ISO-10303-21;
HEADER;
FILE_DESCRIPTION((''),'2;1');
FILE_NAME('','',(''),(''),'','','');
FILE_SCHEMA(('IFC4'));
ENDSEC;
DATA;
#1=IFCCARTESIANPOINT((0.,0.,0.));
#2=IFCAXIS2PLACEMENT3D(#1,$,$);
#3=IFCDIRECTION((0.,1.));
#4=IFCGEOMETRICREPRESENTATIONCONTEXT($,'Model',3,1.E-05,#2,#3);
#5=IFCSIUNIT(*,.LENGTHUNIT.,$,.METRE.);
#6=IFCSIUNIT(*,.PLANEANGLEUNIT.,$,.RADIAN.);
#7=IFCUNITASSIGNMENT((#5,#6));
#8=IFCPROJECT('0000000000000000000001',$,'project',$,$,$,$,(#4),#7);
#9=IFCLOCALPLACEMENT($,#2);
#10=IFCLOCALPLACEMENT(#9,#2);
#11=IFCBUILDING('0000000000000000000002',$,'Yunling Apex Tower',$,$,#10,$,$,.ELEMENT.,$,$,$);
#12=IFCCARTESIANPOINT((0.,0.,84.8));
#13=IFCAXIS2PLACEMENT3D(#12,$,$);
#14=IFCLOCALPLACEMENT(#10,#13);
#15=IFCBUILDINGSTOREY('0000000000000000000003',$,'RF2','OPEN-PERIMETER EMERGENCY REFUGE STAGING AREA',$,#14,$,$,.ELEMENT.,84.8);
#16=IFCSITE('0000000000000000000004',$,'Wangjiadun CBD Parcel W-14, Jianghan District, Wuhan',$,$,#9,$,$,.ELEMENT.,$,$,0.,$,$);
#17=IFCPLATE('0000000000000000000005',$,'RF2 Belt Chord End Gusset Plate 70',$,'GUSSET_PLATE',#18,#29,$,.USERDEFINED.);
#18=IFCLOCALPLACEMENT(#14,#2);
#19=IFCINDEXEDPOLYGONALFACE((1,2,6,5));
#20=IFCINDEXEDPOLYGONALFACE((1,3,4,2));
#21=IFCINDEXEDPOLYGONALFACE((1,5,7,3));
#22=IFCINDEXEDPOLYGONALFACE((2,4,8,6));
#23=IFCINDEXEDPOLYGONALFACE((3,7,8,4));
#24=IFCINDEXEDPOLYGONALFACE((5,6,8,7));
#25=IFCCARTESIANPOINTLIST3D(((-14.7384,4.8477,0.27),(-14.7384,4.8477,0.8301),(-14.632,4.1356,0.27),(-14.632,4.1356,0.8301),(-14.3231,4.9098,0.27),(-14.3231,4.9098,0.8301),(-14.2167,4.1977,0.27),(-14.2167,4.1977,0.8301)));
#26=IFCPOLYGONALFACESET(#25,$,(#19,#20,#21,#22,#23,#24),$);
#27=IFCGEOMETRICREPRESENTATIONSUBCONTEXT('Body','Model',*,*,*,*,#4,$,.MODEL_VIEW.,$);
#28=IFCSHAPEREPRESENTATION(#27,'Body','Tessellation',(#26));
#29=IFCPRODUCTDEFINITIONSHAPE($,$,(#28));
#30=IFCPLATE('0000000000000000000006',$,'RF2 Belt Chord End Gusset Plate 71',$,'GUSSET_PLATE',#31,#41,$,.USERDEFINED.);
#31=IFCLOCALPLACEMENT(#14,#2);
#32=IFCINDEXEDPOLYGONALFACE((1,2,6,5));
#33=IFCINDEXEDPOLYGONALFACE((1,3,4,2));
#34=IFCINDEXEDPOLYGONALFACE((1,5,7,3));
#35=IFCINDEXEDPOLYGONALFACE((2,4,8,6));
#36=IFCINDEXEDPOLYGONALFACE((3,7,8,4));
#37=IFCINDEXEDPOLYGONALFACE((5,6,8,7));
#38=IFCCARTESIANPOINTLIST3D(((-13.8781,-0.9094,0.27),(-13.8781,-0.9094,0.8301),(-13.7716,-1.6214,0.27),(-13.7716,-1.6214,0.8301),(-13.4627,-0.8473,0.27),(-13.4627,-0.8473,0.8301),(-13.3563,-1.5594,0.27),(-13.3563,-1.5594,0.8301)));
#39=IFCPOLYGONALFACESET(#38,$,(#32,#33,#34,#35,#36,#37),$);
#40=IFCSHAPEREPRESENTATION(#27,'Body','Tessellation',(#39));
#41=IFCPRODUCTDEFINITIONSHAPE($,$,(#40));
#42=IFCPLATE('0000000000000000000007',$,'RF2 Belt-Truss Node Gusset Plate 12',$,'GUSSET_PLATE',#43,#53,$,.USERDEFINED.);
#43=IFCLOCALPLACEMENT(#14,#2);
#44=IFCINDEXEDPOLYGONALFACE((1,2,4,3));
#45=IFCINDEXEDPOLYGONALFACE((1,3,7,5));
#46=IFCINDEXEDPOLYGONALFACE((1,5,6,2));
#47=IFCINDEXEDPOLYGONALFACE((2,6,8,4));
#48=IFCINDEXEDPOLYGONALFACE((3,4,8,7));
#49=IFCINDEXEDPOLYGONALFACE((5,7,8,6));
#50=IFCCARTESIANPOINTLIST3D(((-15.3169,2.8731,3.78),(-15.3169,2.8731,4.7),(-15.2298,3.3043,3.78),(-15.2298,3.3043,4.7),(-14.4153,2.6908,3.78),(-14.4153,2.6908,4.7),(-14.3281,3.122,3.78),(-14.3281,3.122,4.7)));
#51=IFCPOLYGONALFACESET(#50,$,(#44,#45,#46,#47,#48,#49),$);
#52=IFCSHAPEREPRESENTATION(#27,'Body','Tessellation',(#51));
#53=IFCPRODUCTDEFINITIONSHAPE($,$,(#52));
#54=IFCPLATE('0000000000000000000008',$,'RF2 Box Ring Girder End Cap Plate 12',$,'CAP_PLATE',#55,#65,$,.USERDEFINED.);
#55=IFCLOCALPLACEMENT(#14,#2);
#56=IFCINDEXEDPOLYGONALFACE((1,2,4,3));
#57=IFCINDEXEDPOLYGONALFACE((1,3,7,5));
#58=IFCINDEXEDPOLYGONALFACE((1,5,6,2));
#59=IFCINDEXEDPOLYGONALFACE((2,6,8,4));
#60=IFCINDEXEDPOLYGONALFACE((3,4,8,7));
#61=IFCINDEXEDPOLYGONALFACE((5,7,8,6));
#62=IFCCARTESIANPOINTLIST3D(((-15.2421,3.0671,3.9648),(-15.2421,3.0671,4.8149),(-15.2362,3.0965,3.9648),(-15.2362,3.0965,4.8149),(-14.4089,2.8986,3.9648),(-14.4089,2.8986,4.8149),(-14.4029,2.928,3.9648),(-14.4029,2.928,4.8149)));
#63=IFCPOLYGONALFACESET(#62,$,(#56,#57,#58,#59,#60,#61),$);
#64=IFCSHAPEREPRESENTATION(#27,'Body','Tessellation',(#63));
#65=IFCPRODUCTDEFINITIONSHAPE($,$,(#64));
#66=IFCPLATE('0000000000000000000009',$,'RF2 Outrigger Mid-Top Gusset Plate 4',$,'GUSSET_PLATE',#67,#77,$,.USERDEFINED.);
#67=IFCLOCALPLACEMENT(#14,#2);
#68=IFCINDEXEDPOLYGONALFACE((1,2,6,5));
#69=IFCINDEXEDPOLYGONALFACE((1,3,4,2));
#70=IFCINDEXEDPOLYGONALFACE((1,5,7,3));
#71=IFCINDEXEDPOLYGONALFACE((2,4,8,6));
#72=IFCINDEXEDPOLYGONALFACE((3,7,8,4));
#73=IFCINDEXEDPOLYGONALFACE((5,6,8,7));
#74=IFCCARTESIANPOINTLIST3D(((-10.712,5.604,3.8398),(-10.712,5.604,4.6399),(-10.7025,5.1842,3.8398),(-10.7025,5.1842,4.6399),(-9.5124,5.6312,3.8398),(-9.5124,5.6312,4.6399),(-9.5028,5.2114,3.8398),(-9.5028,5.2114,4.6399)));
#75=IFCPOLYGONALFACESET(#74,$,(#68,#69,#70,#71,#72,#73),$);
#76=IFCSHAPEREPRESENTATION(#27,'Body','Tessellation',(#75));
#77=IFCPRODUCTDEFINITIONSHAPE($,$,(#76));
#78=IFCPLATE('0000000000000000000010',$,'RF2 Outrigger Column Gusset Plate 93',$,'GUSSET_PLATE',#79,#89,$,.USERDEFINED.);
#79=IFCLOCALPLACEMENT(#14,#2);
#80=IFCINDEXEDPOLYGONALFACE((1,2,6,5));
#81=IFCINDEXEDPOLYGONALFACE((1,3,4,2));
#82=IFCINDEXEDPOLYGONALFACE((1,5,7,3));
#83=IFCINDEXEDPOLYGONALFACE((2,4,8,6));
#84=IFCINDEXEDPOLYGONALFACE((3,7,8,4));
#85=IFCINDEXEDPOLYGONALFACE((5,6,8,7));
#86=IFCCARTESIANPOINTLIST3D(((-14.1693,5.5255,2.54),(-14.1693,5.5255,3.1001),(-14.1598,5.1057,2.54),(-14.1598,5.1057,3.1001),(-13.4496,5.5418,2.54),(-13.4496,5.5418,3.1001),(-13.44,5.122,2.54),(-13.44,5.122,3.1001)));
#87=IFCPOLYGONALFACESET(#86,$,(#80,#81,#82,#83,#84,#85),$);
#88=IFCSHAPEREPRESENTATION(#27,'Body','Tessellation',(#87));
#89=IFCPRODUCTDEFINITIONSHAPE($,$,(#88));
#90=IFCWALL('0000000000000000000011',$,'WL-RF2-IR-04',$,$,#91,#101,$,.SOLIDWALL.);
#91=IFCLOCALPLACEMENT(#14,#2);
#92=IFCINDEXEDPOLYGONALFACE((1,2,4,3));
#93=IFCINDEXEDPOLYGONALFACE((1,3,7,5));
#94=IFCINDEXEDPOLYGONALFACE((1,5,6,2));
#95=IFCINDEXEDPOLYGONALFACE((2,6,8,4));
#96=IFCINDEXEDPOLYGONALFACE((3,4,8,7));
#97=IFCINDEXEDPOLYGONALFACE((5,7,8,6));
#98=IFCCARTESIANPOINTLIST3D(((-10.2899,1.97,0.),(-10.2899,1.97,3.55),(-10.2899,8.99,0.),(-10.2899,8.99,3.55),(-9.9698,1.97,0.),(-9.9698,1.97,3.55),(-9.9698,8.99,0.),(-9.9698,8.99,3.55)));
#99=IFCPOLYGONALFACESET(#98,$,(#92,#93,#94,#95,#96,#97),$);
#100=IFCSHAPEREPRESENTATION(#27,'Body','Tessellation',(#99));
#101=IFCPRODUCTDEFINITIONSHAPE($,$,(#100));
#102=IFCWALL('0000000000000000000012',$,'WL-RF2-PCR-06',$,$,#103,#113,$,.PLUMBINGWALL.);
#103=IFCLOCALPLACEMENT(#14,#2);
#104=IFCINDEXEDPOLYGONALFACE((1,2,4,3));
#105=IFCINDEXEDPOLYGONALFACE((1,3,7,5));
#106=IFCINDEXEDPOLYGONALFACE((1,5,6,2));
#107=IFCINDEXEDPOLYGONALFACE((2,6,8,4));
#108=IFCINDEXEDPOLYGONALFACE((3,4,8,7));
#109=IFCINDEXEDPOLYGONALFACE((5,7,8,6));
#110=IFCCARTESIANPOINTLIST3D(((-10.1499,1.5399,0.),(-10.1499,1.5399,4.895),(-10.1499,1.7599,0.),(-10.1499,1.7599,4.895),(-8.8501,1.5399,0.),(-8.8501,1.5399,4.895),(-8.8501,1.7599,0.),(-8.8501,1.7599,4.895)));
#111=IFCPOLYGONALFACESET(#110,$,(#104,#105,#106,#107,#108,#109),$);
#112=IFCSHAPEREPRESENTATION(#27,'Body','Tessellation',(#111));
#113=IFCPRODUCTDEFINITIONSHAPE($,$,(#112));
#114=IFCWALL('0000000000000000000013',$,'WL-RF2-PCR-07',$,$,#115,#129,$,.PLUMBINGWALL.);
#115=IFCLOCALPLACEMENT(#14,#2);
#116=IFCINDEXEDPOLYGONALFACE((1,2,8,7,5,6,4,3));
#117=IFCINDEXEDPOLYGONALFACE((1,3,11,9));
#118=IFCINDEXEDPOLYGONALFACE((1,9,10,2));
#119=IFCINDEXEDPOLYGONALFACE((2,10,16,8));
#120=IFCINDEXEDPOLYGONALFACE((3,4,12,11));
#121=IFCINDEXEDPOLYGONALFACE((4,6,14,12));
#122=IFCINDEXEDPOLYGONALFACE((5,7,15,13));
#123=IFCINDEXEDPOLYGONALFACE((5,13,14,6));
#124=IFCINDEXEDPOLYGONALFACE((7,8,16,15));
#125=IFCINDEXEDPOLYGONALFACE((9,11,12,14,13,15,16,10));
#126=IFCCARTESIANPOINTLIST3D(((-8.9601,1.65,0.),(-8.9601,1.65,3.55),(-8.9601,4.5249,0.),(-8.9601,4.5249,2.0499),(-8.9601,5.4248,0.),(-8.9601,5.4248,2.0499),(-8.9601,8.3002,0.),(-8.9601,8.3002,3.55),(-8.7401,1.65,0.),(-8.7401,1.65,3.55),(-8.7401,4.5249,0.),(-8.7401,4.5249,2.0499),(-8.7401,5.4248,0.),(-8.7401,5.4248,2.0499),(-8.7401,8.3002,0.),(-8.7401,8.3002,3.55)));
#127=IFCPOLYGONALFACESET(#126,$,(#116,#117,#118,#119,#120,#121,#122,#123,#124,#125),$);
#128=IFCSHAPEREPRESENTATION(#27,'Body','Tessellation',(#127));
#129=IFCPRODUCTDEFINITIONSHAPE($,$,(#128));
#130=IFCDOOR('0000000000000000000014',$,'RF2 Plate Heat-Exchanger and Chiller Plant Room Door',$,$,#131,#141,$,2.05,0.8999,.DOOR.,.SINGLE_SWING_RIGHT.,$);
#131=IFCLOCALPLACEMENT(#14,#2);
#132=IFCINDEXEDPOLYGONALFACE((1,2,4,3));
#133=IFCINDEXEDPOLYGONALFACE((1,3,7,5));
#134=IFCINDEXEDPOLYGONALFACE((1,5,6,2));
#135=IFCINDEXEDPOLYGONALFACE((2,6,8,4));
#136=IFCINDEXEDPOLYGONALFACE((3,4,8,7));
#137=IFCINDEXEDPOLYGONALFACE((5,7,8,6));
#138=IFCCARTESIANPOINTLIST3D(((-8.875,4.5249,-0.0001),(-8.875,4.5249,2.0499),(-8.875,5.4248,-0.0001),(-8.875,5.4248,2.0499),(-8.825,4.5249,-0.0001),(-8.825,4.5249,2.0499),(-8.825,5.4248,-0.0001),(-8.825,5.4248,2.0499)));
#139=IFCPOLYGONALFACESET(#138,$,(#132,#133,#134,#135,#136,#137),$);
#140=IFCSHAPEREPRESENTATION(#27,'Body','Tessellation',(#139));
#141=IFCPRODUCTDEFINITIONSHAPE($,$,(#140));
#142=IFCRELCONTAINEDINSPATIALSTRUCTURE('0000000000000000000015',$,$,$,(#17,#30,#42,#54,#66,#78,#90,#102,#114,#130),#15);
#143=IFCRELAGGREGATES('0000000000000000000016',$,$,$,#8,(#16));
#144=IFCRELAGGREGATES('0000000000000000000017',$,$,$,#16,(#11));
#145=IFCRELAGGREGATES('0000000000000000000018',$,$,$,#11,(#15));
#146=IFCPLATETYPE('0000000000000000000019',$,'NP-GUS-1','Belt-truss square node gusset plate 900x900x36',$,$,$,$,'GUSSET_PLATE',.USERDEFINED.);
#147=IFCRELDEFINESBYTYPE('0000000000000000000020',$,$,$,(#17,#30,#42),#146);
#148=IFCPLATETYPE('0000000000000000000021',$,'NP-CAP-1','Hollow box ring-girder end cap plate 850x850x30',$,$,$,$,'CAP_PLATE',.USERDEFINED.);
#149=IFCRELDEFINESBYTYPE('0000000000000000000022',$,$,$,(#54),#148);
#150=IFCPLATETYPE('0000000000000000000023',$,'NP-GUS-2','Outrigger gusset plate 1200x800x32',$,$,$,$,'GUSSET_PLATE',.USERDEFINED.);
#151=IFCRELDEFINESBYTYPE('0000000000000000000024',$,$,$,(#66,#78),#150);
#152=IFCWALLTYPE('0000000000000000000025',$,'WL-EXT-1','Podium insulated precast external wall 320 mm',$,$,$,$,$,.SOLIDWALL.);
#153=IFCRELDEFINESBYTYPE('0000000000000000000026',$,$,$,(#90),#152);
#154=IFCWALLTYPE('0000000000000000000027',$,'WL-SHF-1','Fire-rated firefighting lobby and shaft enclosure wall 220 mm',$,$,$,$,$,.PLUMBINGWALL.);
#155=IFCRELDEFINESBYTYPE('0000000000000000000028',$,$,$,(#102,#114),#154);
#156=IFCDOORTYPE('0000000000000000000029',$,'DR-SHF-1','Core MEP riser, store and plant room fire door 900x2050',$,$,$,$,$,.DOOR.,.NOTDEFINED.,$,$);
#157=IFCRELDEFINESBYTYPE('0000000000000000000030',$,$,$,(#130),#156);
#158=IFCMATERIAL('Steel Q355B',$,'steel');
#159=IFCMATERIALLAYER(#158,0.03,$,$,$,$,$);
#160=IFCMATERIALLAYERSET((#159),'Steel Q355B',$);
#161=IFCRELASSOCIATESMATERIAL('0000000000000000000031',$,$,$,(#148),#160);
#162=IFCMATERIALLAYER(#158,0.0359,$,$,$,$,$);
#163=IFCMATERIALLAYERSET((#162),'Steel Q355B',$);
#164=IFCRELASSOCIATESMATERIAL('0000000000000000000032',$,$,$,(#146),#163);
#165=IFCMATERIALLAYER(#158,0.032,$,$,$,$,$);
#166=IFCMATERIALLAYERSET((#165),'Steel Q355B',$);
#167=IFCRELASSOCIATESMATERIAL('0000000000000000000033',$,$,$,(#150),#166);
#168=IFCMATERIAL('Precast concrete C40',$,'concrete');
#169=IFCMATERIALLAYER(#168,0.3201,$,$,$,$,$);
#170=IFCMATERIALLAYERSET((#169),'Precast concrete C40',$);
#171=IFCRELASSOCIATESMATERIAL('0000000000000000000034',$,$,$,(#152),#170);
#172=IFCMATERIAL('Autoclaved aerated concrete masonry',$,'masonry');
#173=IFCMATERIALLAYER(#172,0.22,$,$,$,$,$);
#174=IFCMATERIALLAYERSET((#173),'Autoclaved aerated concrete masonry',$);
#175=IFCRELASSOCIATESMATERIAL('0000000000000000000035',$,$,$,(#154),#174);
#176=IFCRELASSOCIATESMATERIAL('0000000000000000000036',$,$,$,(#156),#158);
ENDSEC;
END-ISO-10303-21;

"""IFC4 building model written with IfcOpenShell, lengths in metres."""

from ifc_helpers import new_model, si_unit, direction, frame, frame_2d, origin, origin_2d, place, context, subcontext, project, spatial, rectangle, extrude, source, transform, mapped, material, layer, layer_set, type_object, element, fill, save


model = new_model("IFC4")

# Units and contexts
model_context = context("Model", 3, precision=1e-05, world=origin(), true_north=direction((0.0, 1.0)))
body_context = subcontext(model_context, "Body", "Model", "MODEL_VIEW")
ifc_project = project(units=[si_unit("LENGTHUNIT", "METRE"), si_unit("PLANEANGLEUNIT", "RADIAN")], contexts=[model_context])

# Site, building, storey
site_placement = place(None, origin())
site = spatial("IfcSite", under=ifc_project, at=site_placement, Name="Wangjiadun CBD Parcel W-14, Jianghan District, Wuhan", CompositionType="ELEMENT", RefElevation=0.0)
building_placement = place(site_placement, origin())
building = spatial("IfcBuilding", under=site, at=building_placement, Name="Yunling Apex Tower", CompositionType="ELEMENT")
storey_placement = place(building_placement, frame((0.0, 0.0, 84.8)))
storey = spatial("IfcBuildingStorey", under=building, at=storey_placement, Name="RF2", Description="OPEN-PERIMETER EMERGENCY REFUGE STAGING AREA", CompositionType="ELEMENT", Elevation=84.8)

# Shared definitions
ifc_material_1 = material(Name="Steel Q355B", Category="steel")

# Plates
ifc_layer_1 = layer(ifc_material_1, 0.03)
ifc_layer_set_1 = layer_set([ifc_layer_1], Name="Steel Q355B")
plate_type_1 = type_object("IfcPlateType", Name="NP-CAP-1", Description="Hollow box ring-girder end cap plate 850x850x30", ElementType="CAP_PLATE", PredefinedType="USERDEFINED", material=ifc_layer_set_1)
ifc_layer_2 = layer(ifc_material_1, 0.0359)
ifc_layer_set_2 = layer_set([ifc_layer_2], Name="Steel Q355B")
plate_type_2 = type_object("IfcPlateType", Name="NP-GUS-1", Description="Belt-truss square node gusset plate 900x900x36", ElementType="GUSSET_PLATE", PredefinedType="USERDEFINED", material=ifc_layer_set_2)
shared_shape_1 = source(origin(), body_context, "Body", "SweptSolid", [
    extrude(rectangle(XDim=0.72, YDim=0.4199, at=origin_2d()), origin(), (0.0, 0.0, 1.0), 0.5601),
])
for number, where, z_axis, x_axis, name in (
    (1, (-14.4775, 4.5227, 0.27), (0.0, 0.0, 1.0), (0.147809, -0.989016, 0.0), "RF2 Belt Chord End Gusset Plate 70"),
    (2, (-13.6172, -1.2344, 0.27), (0.0, 0.0, 1.0), (0.147809, -0.989016, 0.0), "RF2 Belt Chord End Gusset Plate 71"),
):
    element("IfcPlate", number, at=place(storey_placement, frame(where, z_axis=z_axis, x_axis=x_axis)), inside=storey, type_object=plate_type_2, Name=name, ObjectType="GUSSET_PLATE", PredefinedType="USERDEFINED", context=body_context, shape_type="MappedRepresentation", body=[
        mapped(shared_shape_1, transform((0.0, 0.0, 0.0), scale=1.0)),
    ])
shared_shape_2 = source(origin(), body_context, "Body", "SweptSolid", [
    extrude(rectangle(XDim=0.9199, YDim=0.4399, at=origin_2d()), origin(), (0.0, 0.0, 1.0), 0.9199),
])
plate_1_placement = place(storey_placement, frame((-14.8225, 2.9976, 3.78), z_axis=(0.0, 0.0, 1.0), x_axis=(-0.980168, 0.198171, 0.0)))
element("IfcPlate", 3, at=plate_1_placement, inside=storey, type_object=plate_type_2, Name="RF2 Belt-Truss Node Gusset Plate 12", ObjectType="GUSSET_PLATE", PredefinedType="USERDEFINED", context=body_context, shape_type="MappedRepresentation", body=[
    mapped(shared_shape_2, transform((0.0, 0.0, 0.0), scale=1.0)),
])
shared_shape_3 = source(origin(), body_context, "Body", "SweptSolid", [
    extrude(rectangle(XDim=0.8501, YDim=0.03, at=origin_2d()), origin(), (0.0, 0.0, 1.0), 0.8501),
])
plate_2_placement = place(storey_placement, frame((-14.8225, 2.9976, 3.9648), z_axis=(0.0, 0.0, 1.0), x_axis=(-0.980168, 0.198171, 0.0)))
element("IfcPlate", 4, at=plate_2_placement, inside=storey, type_object=plate_type_1, Name="RF2 Box Ring Girder End Cap Plate 12", ObjectType="CAP_PLATE", PredefinedType="USERDEFINED", context=body_context, shape_type="MappedRepresentation", body=[
    mapped(shared_shape_3, transform((0.0, 0.0, 0.0), scale=1.0)),
])
ifc_layer_3 = layer(ifc_material_1, 0.032)
ifc_layer_set_3 = layer_set([ifc_layer_3], Name="Steel Q355B")
plate_type_3 = type_object("IfcPlateType", Name="NP-GUS-2", Description="Outrigger gusset plate 1200x800x32", ElementType="GUSSET_PLATE", PredefinedType="USERDEFINED", material=ifc_layer_set_3)
shared_shape_4 = source(origin(), body_context, "Body", "SweptSolid", [
    extrude(rectangle(XDim=1.2, YDim=0.4199, at=origin_2d()), origin(), (0.0, 0.0, 1.0), 0.8),
])
plate_3_placement = place(storey_placement, frame((-10.1074, 5.4077, 3.8398), z_axis=(0.0, 0.0, 1.0), x_axis=(-0.999743, -0.022687, 0.0)))
element("IfcPlate", 5, at=plate_3_placement, inside=storey, type_object=plate_type_3, Name="RF2 Outrigger Mid-Top Gusset Plate 4", ObjectType="GUSSET_PLATE", PredefinedType="USERDEFINED", context=body_context, shape_type="MappedRepresentation", body=[
    mapped(shared_shape_4, transform((0.0, 0.0, 0.0), scale=1.0)),
])
shared_shape_5 = source(origin(), body_context, "Body", "SweptSolid", [
    extrude(rectangle(XDim=0.72, YDim=0.4199, at=origin_2d()), origin(), (0.0, 0.0, 1.0), 0.5601),
])
plate_4_placement = place(storey_placement, frame((-13.8047, 5.3237, 2.54), z_axis=(0.0, 0.0, 1.0), x_axis=(-0.999743, -0.022687, 0.0)))
element("IfcPlate", 6, at=plate_4_placement, inside=storey, type_object=plate_type_3, Name="RF2 Outrigger Column Gusset Plate 93", ObjectType="GUSSET_PLATE", PredefinedType="USERDEFINED", context=body_context, shape_type="MappedRepresentation", body=[
    mapped(shared_shape_5, transform((0.0, 0.0, 0.0), scale=1.0)),
])

# Walls
ifc_material_2 = material(Name="Precast concrete C40", Category="concrete")
ifc_layer_4 = layer(ifc_material_2, 0.3201)
ifc_layer_set_4 = layer_set([ifc_layer_4], Name="Precast concrete C40")
wall_type_1 = type_object("IfcWallType", Name="WL-EXT-1", Description="Podium insulated precast external wall 320 mm", PredefinedType="SOLIDWALL", material=ifc_layer_set_4)
wall_1_placement = place(storey_placement, frame((-10.1299, 1.97, 0.0), z_axis=(0.0, 0.0, 1.0), x_axis=(0.0, 1.0, 0.0)))
element("IfcWall", 7, at=wall_1_placement, inside=storey, type_object=wall_type_1, Name="WL-RF2-IR-04", PredefinedType="SOLIDWALL", context=body_context, shape_type="SweptSolid", body=[
    extrude(rectangle(XDim=7.02, YDim=0.3201, at=frame_2d((3.51, 0.0))), origin(), (0.0, 0.0, 1.0), 3.55),
])
ifc_material_3 = material(Name="Autoclaved aerated concrete masonry", Category="masonry")
ifc_layer_5 = layer(ifc_material_3, 0.22)
ifc_layer_set_5 = layer_set([ifc_layer_5], Name="Autoclaved aerated concrete masonry")
wall_type_2 = type_object("IfcWallType", Name="WL-SHF-1", Description="Fire-rated firefighting lobby and shaft enclosure wall 220 mm", PredefinedType="PLUMBINGWALL", material=ifc_layer_set_5)
wall_2_placement = place(storey_placement, frame((-10.1499, 1.6499, 0.0), z_axis=(0.0, 0.0, 1.0), x_axis=(1.0, 0.0, 0.0)))
element("IfcWall", 8, at=wall_2_placement, inside=storey, type_object=wall_type_2, Name="WL-RF2-PCR-06", PredefinedType="PLUMBINGWALL", context=body_context, shape_type="SweptSolid", body=[
    extrude(rectangle(XDim=1.2998, YDim=0.22, at=frame_2d((0.6499, 0.0))), origin(), (0.0, 0.0, 1.0), 4.895),
])

# Wall, opening, door
wall_3_placement = place(storey_placement, frame((-8.8501, 1.6499, 0.0), z_axis=(0.0, 0.0, 1.0), x_axis=(0.0, 1.0, 0.0)))
wall_3 = element("IfcWall", 9, at=wall_3_placement, inside=storey, type_object=wall_type_2, Name="WL-RF2-PCR-07", PredefinedType="PLUMBINGWALL", context=body_context, shape_type="SweptSolid", body=[
    extrude(rectangle(XDim=6.6501, YDim=0.22, at=frame_2d((3.3252, 0.0))), origin(), (0.0, 0.0, 1.0), 3.55),
])
opening_placement = place(wall_3_placement, frame((2.875, 0.0, 0.0)))
opening = element("IfcOpeningElement", 10, at=opening_placement, cuts=wall_3, PredefinedType="OPENING", context=body_context, shape_type="SweptSolid", body=[
    extrude(rectangle(XDim=0.8999, YDim=2.05, at=frame_2d((0.45, 1.0249))), frame((0.0, 0.1201, 0.0), z_axis=(0.0, -1.0, 0.0), x_axis=(1.0, 0.0, 0.0)), (0.0, 0.0, 1.0), 0.24),
])
door_type = type_object("IfcDoorType", Name="DR-SHF-1", Description="Core MEP riser, store and plant room fire door 900x2050", OperationType="NOTDEFINED", PredefinedType="DOOR", material=ifc_material_1)
door_placement = place(opening_placement, origin())
door = element("IfcDoor", 11, at=door_placement, inside=storey, type_object=door_type, Name="RF2 Plate Heat-Exchanger and Chiller Plant Room Door", OperationType="SINGLE_SWING_RIGHT", OverallHeight=2.05, OverallWidth=0.8999, PredefinedType="DOOR", context=body_context, shape_type="SweptSolid", body=[
    extrude(rectangle(XDim=0.8999, YDim=2.05, at=frame_2d((0.45, 1.0249))), frame((0.0, 0.0249, 0.0), z_axis=(0.0, -1.0, 0.0), x_axis=(1.0, 0.0, 0.0)), (0.0, 0.0, 1.0), 0.05),
])
fill(opening, door)

save(model, "model.ifc")
